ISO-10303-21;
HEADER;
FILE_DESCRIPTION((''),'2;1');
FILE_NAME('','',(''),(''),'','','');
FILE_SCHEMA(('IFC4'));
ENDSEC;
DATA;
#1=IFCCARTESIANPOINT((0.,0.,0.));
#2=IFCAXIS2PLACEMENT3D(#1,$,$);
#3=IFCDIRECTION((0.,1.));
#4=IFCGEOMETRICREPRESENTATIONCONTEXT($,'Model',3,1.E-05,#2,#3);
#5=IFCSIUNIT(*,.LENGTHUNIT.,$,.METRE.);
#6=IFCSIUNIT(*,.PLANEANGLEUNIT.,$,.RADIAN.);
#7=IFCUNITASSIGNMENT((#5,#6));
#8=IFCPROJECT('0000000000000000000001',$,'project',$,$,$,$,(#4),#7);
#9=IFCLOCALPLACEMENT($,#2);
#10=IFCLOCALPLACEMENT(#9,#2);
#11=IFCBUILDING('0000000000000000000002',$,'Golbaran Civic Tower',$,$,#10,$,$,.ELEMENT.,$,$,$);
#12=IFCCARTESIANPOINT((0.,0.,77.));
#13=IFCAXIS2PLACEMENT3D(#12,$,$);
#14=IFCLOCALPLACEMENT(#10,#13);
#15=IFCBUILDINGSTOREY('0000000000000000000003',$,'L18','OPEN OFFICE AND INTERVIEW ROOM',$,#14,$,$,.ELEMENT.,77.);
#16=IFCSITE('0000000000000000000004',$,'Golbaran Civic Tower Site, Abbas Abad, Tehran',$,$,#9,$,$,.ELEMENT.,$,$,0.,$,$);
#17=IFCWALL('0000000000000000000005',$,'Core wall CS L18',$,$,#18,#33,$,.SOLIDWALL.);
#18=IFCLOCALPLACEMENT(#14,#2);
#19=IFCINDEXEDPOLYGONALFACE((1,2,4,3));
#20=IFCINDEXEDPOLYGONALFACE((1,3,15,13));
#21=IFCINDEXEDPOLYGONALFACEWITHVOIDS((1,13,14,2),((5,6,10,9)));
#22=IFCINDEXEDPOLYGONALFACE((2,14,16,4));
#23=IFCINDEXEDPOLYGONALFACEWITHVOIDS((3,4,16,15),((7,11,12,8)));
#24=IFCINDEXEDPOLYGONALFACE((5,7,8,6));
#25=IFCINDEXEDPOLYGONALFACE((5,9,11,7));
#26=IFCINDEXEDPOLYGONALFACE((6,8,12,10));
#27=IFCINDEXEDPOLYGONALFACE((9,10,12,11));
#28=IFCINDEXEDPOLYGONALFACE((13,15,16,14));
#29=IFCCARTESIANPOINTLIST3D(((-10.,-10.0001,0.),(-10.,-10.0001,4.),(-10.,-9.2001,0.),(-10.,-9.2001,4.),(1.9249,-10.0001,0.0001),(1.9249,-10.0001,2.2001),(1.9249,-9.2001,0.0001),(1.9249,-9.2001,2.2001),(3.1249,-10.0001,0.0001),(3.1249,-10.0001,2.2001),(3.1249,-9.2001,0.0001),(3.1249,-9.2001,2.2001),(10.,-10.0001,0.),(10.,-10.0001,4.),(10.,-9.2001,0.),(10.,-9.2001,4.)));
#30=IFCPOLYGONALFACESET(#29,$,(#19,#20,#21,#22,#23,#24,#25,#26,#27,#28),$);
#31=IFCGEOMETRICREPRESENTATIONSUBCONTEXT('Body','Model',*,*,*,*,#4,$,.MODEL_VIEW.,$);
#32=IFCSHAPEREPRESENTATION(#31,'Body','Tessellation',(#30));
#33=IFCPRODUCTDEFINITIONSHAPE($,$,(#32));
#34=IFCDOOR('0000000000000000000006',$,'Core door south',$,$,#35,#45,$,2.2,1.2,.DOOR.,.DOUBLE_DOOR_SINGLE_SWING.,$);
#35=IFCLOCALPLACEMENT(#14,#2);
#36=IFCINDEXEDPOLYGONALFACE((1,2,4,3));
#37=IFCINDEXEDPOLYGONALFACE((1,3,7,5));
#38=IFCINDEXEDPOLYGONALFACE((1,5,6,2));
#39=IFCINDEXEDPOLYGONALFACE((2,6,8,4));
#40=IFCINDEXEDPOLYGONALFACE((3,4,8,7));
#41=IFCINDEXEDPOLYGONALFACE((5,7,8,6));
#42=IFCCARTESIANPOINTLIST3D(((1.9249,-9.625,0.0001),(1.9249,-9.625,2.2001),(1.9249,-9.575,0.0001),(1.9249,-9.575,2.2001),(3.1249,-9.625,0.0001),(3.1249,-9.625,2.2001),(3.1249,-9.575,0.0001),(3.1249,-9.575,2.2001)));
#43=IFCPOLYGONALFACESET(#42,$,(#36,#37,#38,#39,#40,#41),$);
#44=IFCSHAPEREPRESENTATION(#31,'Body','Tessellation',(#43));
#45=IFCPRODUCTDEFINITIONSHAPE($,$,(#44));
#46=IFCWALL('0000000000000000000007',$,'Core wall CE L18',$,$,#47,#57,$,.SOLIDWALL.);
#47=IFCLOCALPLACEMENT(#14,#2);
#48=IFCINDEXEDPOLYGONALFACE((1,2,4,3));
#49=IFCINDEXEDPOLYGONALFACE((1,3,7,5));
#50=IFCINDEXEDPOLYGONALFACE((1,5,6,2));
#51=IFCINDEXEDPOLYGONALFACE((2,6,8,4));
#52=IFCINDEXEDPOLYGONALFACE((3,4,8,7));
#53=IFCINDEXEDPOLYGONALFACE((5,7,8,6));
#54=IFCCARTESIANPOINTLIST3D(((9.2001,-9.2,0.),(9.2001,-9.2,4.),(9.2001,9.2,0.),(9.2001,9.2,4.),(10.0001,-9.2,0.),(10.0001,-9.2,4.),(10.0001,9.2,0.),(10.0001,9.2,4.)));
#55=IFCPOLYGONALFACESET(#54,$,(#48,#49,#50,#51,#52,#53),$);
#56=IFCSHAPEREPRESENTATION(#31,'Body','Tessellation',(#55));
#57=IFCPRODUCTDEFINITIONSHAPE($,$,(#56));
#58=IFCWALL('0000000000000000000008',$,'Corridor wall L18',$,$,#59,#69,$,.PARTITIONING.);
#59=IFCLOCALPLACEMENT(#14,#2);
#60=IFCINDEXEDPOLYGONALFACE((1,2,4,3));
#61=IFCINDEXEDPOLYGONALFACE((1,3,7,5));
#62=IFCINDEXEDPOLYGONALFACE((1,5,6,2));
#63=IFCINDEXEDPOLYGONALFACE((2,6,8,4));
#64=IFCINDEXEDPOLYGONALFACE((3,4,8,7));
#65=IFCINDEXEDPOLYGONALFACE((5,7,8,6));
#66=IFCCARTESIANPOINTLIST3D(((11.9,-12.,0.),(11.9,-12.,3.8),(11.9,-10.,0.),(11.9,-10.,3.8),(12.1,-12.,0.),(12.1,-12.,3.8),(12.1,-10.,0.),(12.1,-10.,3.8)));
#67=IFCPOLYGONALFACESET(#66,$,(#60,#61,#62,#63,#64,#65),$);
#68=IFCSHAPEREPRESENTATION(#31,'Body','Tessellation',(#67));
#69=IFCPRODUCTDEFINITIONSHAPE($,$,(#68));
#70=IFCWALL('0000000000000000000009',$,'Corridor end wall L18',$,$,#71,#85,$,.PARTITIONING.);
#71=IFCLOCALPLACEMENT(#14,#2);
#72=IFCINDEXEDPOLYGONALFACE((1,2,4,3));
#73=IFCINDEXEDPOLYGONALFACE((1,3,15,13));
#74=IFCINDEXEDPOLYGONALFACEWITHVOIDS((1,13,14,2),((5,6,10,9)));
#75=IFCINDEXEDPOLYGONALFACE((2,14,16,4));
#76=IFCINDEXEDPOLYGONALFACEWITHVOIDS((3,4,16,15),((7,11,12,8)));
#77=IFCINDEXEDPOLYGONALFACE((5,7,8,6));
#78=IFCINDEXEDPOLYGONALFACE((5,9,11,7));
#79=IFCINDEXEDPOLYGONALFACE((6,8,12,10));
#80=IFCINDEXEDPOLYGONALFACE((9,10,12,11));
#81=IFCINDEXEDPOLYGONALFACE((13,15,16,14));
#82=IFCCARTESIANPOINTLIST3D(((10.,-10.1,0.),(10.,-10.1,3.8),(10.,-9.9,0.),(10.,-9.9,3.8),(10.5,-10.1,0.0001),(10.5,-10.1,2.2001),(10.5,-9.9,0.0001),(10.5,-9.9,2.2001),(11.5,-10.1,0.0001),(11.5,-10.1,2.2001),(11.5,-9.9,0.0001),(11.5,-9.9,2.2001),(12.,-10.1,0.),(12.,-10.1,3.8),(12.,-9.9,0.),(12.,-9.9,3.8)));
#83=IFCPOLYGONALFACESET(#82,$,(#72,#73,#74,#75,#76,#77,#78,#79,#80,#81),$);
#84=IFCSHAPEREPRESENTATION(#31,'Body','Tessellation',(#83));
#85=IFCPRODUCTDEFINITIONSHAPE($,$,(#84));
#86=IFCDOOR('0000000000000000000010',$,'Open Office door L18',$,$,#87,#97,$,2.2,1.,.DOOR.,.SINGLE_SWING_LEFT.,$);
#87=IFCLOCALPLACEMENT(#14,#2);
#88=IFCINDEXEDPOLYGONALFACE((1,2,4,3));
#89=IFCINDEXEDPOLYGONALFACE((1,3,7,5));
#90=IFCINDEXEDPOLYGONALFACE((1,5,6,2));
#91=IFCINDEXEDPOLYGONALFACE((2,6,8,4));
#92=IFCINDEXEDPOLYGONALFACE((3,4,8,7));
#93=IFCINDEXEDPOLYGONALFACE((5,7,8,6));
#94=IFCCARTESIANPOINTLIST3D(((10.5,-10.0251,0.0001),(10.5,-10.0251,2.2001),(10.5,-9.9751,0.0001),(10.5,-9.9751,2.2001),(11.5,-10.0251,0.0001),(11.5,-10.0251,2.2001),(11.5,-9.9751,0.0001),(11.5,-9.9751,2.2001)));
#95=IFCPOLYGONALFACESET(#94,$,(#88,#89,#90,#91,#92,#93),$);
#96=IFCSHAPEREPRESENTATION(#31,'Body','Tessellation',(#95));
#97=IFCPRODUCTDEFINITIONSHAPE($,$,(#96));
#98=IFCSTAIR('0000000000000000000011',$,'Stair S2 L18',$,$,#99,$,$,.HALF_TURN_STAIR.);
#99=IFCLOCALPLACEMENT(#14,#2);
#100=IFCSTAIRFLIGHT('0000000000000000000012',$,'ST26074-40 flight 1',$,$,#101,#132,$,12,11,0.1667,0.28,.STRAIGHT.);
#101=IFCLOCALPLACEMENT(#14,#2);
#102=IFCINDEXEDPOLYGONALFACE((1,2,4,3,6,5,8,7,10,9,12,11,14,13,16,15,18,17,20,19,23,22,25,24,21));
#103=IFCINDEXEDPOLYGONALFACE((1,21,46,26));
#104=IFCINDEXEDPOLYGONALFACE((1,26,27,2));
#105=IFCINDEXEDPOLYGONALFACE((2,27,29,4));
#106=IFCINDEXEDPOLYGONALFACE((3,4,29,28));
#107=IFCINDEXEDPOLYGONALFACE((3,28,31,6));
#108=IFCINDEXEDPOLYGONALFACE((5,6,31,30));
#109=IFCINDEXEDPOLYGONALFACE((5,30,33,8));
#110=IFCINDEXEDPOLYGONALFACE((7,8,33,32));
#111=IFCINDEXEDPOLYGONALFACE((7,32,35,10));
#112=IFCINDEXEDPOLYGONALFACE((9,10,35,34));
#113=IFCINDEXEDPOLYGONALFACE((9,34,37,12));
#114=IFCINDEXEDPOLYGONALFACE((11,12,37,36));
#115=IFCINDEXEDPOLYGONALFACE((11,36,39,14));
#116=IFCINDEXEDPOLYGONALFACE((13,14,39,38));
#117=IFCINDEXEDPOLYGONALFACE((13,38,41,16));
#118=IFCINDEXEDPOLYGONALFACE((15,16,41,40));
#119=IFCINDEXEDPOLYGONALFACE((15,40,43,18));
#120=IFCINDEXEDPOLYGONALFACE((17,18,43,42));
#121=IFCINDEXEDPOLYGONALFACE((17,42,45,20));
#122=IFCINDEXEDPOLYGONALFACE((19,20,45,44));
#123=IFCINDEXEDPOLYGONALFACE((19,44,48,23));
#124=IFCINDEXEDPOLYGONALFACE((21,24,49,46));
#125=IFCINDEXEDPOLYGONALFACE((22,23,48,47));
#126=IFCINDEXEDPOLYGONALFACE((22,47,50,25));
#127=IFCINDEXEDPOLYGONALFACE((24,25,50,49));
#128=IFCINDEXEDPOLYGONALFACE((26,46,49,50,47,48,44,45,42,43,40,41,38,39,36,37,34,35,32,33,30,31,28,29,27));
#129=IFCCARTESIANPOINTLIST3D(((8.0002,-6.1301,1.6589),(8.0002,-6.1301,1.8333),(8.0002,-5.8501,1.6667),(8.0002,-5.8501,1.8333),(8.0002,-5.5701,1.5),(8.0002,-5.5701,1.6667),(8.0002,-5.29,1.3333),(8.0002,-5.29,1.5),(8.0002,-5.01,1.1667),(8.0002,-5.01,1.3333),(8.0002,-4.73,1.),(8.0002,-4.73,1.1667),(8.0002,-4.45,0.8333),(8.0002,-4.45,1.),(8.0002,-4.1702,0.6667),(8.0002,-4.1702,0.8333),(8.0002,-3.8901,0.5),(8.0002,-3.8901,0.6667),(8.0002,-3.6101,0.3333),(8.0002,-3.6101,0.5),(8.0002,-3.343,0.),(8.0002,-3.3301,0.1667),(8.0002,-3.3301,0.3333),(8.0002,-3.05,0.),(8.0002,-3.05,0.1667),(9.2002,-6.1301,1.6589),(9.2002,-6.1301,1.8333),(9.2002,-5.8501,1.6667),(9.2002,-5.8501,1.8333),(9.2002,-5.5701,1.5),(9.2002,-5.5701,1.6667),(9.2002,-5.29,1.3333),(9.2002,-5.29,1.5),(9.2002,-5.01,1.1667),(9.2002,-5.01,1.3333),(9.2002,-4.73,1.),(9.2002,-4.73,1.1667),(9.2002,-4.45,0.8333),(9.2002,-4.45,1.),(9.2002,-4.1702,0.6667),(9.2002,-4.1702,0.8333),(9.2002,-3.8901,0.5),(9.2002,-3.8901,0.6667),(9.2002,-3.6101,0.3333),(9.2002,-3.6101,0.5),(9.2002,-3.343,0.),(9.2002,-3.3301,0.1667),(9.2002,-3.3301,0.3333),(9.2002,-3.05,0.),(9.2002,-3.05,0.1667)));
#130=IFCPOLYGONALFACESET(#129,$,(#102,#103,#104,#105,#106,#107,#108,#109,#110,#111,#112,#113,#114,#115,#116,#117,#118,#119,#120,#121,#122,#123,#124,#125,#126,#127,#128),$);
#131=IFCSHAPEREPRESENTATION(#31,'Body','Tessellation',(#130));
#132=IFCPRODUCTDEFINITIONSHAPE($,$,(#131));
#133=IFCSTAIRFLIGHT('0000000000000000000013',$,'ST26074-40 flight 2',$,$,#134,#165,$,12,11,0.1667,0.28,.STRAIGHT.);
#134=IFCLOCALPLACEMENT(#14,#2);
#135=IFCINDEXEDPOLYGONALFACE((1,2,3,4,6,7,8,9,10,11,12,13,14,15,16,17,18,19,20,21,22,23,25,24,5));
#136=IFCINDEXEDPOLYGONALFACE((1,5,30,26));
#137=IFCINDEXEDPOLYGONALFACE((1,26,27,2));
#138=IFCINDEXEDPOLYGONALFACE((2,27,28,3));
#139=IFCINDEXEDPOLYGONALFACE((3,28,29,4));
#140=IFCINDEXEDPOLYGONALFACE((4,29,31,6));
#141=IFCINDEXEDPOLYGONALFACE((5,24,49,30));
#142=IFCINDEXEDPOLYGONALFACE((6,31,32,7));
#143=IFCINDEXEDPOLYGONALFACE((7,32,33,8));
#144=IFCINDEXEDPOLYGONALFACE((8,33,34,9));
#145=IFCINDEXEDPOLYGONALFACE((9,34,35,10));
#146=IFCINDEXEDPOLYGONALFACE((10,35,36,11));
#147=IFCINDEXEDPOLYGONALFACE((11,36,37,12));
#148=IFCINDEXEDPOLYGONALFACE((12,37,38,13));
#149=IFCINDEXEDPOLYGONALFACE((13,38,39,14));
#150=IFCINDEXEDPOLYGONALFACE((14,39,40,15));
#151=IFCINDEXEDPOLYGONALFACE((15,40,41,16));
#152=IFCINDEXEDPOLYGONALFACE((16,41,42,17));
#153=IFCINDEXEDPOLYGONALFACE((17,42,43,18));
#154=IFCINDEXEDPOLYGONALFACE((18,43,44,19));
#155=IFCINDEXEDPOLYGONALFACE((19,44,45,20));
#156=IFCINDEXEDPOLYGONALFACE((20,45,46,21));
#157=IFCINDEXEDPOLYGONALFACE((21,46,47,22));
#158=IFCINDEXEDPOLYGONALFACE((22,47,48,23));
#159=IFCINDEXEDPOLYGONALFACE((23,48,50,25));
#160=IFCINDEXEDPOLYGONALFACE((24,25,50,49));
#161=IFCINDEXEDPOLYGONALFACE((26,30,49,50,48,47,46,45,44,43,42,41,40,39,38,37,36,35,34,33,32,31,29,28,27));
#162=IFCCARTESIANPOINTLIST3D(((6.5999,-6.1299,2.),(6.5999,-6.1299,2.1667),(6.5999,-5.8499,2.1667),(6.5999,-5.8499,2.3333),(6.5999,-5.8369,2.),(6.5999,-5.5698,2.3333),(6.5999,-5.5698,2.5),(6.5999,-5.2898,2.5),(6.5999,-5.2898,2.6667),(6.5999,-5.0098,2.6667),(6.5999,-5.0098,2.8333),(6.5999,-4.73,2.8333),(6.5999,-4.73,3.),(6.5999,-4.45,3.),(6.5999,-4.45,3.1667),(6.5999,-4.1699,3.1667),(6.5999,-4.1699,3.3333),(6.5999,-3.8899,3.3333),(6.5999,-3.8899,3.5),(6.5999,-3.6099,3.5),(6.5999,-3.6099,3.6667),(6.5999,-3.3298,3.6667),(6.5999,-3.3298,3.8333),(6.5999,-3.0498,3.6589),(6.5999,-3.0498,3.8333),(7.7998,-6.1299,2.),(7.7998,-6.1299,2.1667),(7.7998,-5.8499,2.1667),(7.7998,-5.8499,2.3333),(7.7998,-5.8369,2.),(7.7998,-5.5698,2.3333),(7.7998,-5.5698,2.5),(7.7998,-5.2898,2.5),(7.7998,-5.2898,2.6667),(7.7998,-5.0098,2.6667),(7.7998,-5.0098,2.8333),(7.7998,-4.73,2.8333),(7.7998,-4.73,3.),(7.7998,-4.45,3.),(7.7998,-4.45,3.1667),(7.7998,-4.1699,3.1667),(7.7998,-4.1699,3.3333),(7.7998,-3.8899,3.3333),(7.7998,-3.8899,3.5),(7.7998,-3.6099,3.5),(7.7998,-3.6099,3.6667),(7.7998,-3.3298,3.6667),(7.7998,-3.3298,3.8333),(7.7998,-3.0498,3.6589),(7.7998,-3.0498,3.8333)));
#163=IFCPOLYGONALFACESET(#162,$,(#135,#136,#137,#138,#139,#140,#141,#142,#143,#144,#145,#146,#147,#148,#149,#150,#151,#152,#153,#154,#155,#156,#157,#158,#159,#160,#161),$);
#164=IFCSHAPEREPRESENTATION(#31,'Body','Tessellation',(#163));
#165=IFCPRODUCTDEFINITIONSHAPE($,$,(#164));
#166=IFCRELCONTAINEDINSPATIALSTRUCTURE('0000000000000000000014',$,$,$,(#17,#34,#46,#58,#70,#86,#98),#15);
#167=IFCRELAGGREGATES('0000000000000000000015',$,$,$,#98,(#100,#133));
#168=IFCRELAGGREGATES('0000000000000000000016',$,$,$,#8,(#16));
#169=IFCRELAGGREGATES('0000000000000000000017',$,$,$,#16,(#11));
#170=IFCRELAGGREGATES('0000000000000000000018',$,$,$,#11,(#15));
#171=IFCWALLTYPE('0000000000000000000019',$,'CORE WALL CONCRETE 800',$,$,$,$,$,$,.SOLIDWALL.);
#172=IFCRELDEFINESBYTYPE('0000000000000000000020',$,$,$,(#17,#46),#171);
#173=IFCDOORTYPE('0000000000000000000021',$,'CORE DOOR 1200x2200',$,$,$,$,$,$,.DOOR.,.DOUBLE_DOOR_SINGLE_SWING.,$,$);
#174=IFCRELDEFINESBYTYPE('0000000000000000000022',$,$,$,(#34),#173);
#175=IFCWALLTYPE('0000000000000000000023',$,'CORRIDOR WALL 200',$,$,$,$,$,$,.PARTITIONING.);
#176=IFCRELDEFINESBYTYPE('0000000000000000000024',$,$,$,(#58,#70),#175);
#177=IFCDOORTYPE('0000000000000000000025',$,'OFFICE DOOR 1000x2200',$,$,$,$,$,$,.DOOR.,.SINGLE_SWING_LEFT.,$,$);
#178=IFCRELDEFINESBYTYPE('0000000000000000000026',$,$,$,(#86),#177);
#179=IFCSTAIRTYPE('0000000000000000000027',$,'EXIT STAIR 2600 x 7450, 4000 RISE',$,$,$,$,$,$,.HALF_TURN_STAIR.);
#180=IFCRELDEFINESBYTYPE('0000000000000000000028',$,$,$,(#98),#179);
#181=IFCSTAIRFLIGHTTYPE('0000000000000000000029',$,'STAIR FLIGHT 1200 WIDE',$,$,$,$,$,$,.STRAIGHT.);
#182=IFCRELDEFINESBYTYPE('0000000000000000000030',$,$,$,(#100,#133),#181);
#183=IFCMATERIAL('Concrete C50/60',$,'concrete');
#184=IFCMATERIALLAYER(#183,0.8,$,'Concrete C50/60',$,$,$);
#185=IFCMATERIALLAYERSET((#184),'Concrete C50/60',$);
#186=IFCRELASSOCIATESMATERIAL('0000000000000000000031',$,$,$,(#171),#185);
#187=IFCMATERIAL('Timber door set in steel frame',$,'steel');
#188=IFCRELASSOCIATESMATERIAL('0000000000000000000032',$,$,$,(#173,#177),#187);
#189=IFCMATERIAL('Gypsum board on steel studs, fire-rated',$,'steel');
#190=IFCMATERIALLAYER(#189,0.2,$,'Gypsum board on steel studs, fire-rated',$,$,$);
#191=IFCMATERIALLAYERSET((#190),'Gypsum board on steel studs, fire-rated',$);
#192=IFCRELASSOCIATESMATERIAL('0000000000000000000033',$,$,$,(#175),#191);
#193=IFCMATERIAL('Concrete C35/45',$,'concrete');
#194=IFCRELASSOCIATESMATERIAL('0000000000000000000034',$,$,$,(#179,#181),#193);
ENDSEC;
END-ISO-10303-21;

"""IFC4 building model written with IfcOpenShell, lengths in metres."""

from ifc_helpers import new_model, si_unit, direction, frame, frame_2d, origin, place, context, subcontext, project, spatial, polyline, rectangle, outline, extrude, material, layer, layer_set, type_object, element, fill, aggregate, save


model = new_model("IFC4")

# Units and contexts
model_context = context("Model", 3, precision=1e-05, world=origin(), true_north=direction((0.0, 1.0)))
body_context = subcontext(model_context, "Body", "Model", "MODEL_VIEW")
ifc_project = project(units=[si_unit("LENGTHUNIT", "METRE"), si_unit("PLANEANGLEUNIT", "RADIAN")], contexts=[model_context])

# Site, building, storey
site_placement = place(None, origin())
site = spatial("IfcSite", under=ifc_project, at=site_placement, Name="Golbaran Civic Tower Site, Abbas Abad, Tehran", CompositionType="ELEMENT", RefElevation=0.0)
building_placement = place(site_placement, origin())
building = spatial("IfcBuilding", under=site, at=building_placement, Name="Golbaran Civic Tower", CompositionType="ELEMENT")
storey_placement = place(building_placement, frame((0.0, 0.0, 77.0)))
storey = spatial("IfcBuildingStorey", under=building, at=storey_placement, Name="L18", Description="OPEN OFFICE AND INTERVIEW ROOM", CompositionType="ELEMENT", Elevation=77.0)

# Wall, opening, door
ifc_material_1 = material(Name="Concrete C50/60", Category="concrete")
ifc_layer_1 = layer(ifc_material_1, 0.8, Name="Concrete C50/60")
ifc_layer_set_1 = layer_set([ifc_layer_1], Name="Concrete C50/60")
wall_type_1 = type_object("IfcWallType", Name="CORE WALL CONCRETE 800", PredefinedType="SOLIDWALL", material=ifc_layer_set_1)
wall_1_placement = place(storey_placement, frame((10.0, -9.6001, 0.0), z_axis=(0.0, 0.0, 1.0), x_axis=(-1.0, 0.0, 0.0)))
wall_1 = element("IfcWall", 1, at=wall_1_placement, inside=storey, type_object=wall_type_1, Name="Core wall CS L18", PredefinedType="SOLIDWALL", context=body_context, shape_type="SweptSolid", body=[
    extrude(rectangle(XDim=20.0, YDim=0.8, at=frame_2d((10.0, 0.0))), origin(), (0.0, 0.0, 1.0), 4.0),
])
opening_1_placement = place(wall_1_placement, frame((6.875, 0.0, 0.0)))
opening_1 = element("IfcOpeningElement", 2, at=opening_1_placement, cuts=wall_1, PredefinedType="OPENING", context=body_context, shape_type="SweptSolid", body=[
    extrude(rectangle(XDim=1.2, YDim=2.2, at=frame_2d((0.6001, 1.1001))), frame((0.0, 0.4099, 0.0), z_axis=(0.0, -1.0, 0.0), x_axis=(1.0, 0.0, 0.0)), (0.0, 0.0, 1.0), 0.8201),
])
ifc_material_2 = material(Name="Timber door set in steel frame", Category="steel")
door_type_1 = type_object("IfcDoorType", Name="CORE DOOR 1200x2200", OperationType="DOUBLE_DOOR_SINGLE_SWING", PredefinedType="DOOR", material=ifc_material_2)
door_1_placement = place(opening_1_placement, origin())
door_1 = element("IfcDoor", 3, at=door_1_placement, inside=storey, type_object=door_type_1, Name="Core door south", OperationType="DOUBLE_DOOR_SINGLE_SWING", OverallHeight=2.2, OverallWidth=1.2, PredefinedType="DOOR", context=body_context, shape_type="SweptSolid", body=[
    extrude(rectangle(XDim=1.2, YDim=2.2, at=frame_2d((0.6001, 1.1001))), frame((0.0, 0.0249, 0.0), z_axis=(0.0, -1.0, 0.0), x_axis=(1.0, 0.0, 0.0)), (0.0, 0.0, 1.0), 0.05),
])
fill(opening_1, door_1)

# Walls
wall_2_placement = place(storey_placement, frame((9.6001, -9.2, 0.0), z_axis=(0.0, 0.0, 1.0), x_axis=(0.0, 1.0, 0.0)))
element("IfcWall", 4, at=wall_2_placement, inside=storey, type_object=wall_type_1, Name="Core wall CE L18", PredefinedType="SOLIDWALL", context=body_context, shape_type="SweptSolid", body=[
    extrude(rectangle(XDim=18.3999, YDim=0.8, at=frame_2d((9.2, 0.0))), origin(), (0.0, 0.0, 1.0), 4.0),
])
ifc_material_3 = material(Name="Gypsum board on steel studs, fire-rated", Category="steel")
ifc_layer_2 = layer(ifc_material_3, 0.2, Name="Gypsum board on steel studs, fire-rated")
ifc_layer_set_2 = layer_set([ifc_layer_2], Name="Gypsum board on steel studs, fire-rated")
wall_type_2 = type_object("IfcWallType", Name="CORRIDOR WALL 200", PredefinedType="PARTITIONING", material=ifc_layer_set_2)
wall_3_placement = place(storey_placement, frame((12.0, -12.0, 0.0), z_axis=(0.0, 0.0, 1.0), x_axis=(0.0, 1.0, 0.0)))
element("IfcWall", 5, at=wall_3_placement, inside=storey, type_object=wall_type_2, Name="Corridor wall L18", PredefinedType="PARTITIONING", context=body_context, shape_type="SweptSolid", body=[
    extrude(rectangle(XDim=2.0, YDim=0.2, at=frame_2d((1.0, 0.0))), origin(), (0.0, 0.0, 1.0), 3.8),
])

# Wall, opening, door
wall_4_placement = place(storey_placement, frame((10.0, -10.0, 0.0), z_axis=(0.0, 0.0, 1.0), x_axis=(1.0, 0.0, 0.0)))
wall_4 = element("IfcWall", 6, at=wall_4_placement, inside=storey, type_object=wall_type_2, Name="Corridor end wall L18", PredefinedType="PARTITIONING", context=body_context, shape_type="SweptSolid", body=[
    extrude(rectangle(XDim=2.0, YDim=0.2, at=frame_2d((1.0, 0.0))), origin(), (0.0, 0.0, 1.0), 3.8),
])
opening_2_placement = place(wall_4_placement, frame((0.5, 0.0, 0.0)))
opening_2 = element("IfcOpeningElement", 7, at=opening_2_placement, cuts=wall_4, PredefinedType="OPENING", context=body_context, shape_type="SweptSolid", body=[
    extrude(rectangle(XDim=1.0, YDim=2.2, at=frame_2d((0.5, 1.1001))), frame((0.0, 0.1099, 0.0), z_axis=(0.0, -1.0, 0.0), x_axis=(1.0, 0.0, 0.0)), (0.0, 0.0, 1.0), 0.22),
])
door_type_2 = type_object("IfcDoorType", Name="OFFICE DOOR 1000x2200", OperationType="SINGLE_SWING_LEFT", PredefinedType="DOOR", material=ifc_material_2)
door_2_placement = place(opening_2_placement, origin())
door_2 = element("IfcDoor", 8, at=door_2_placement, inside=storey, type_object=door_type_2, Name="Open Office door L18", OperationType="SINGLE_SWING_LEFT", OverallHeight=2.2, OverallWidth=1.0, PredefinedType="DOOR", context=body_context, shape_type="SweptSolid", body=[
    extrude(rectangle(XDim=1.0, YDim=2.2, at=frame_2d((0.5, 1.1001))), frame((0.0, 0.0249, 0.0), z_axis=(0.0, -1.0, 0.0), x_axis=(1.0, 0.0, 0.0)), (0.0, 0.0, 1.0), 0.05),
])
fill(opening_2, door_2)

# Stair, stair flights
ifc_material_4 = material(Name="Concrete C35/45", Category="concrete")
stair_type = type_object("IfcStairType", Name="EXIT STAIR 2600 x 7450, 4000 RISE", PredefinedType="HALF_TURN_STAIR", material=ifc_material_4)
stair_placement = place(storey_placement, origin())
stair = element("IfcStair", 9, at=stair_placement, inside=storey, type_object=stair_type, Name="Stair S2 L18", PredefinedType="HALF_TURN_STAIR")
stair_flight_type = type_object("IfcStairFlightType", Name="STAIR FLIGHT 1200 WIDE", PredefinedType="STRAIGHT", material=ifc_material_4)
stair_flight_1_placement = place(storey_placement, frame((8.6001, -3.05, 0.0), z_axis=(0.0, 0.0, 1.0), x_axis=(0.0, -1.0, 0.0)))
stair_flight_1 = element("IfcStairFlight", 10, at=stair_flight_1_placement, type_object=stair_flight_type, Name="ST26074-40 flight 1", NumberOfRisers=12, NumberOfTreads=11, PredefinedType="STRAIGHT", RiserHeight=0.1667, TreadLength=0.28, context=body_context, shape_type="SweptSolid", body=[
    extrude(outline(polyline([(0.0, 0.0), (0.0, 0.1667), (0.28, 0.1667), (0.28, 0.3333), (0.5601, 0.3333), (0.5601, 0.5), (0.8401, 0.5), (0.8401, 0.6667), (1.1201, 0.6667), (1.1201, 0.8333), (1.3999, 0.8333), (1.3999, 1.0), (1.6799, 1.0), (1.6799, 1.1667), (1.96, 1.1667), (1.96, 1.3333), (2.24, 1.3333), (2.24, 1.5), (2.52, 1.5), (2.52, 1.6667), (2.8, 1.6667), (2.8, 1.8333), (3.0801, 1.8333), (3.0801, 2.0), (3.0801, 1.6589), (0.293, 0.0), (0.0, 0.0)])), frame((0.0, 0.6001, 0.0), z_axis=(0.0, -1.0, 0.0), x_axis=(1.0, 0.0, 0.0)), (0.0, 0.0, 1.0), 1.2),
])
stair_flight_2_placement = place(storey_placement, frame((7.2, -6.1299, 2.0), z_axis=(0.0, 0.0, 1.0), x_axis=(0.0, 1.0, 0.0)))
stair_flight_2 = element("IfcStairFlight", 11, at=stair_flight_2_placement, type_object=stair_flight_type, Name="ST26074-40 flight 2", NumberOfRisers=12, NumberOfTreads=11, PredefinedType="STRAIGHT", RiserHeight=0.1667, TreadLength=0.28, context=body_context, shape_type="SweptSolid", body=[
    extrude(outline(polyline([(0.0, 0.0), (0.0, 0.1667), (0.28, 0.1667), (0.28, 0.3333), (0.5601, 0.3333), (0.5601, 0.5), (0.8401, 0.5), (0.8401, 0.6667), (1.1201, 0.6667), (1.1201, 0.8333), (1.3999, 0.8333), (1.3999, 1.0), (1.6799, 1.0), (1.6799, 1.1667), (1.96, 1.1667), (1.96, 1.3333), (2.24, 1.3333), (2.24, 1.5), (2.52, 1.5), (2.52, 1.6667), (2.8, 1.6667), (2.8, 1.8333), (3.0801, 1.8333), (3.0801, 2.0), (3.0801, 1.6589), (0.293, 0.0), (0.0, 0.0)])), frame((0.0, 0.6001, 0.0), z_axis=(0.0, -1.0, 0.0), x_axis=(1.0, 0.0, 0.0)), (0.0, 0.0, 1.0), 1.2),
])
aggregate(stair, [stair_flight_1, stair_flight_2])

save(model, "model.ifc")
